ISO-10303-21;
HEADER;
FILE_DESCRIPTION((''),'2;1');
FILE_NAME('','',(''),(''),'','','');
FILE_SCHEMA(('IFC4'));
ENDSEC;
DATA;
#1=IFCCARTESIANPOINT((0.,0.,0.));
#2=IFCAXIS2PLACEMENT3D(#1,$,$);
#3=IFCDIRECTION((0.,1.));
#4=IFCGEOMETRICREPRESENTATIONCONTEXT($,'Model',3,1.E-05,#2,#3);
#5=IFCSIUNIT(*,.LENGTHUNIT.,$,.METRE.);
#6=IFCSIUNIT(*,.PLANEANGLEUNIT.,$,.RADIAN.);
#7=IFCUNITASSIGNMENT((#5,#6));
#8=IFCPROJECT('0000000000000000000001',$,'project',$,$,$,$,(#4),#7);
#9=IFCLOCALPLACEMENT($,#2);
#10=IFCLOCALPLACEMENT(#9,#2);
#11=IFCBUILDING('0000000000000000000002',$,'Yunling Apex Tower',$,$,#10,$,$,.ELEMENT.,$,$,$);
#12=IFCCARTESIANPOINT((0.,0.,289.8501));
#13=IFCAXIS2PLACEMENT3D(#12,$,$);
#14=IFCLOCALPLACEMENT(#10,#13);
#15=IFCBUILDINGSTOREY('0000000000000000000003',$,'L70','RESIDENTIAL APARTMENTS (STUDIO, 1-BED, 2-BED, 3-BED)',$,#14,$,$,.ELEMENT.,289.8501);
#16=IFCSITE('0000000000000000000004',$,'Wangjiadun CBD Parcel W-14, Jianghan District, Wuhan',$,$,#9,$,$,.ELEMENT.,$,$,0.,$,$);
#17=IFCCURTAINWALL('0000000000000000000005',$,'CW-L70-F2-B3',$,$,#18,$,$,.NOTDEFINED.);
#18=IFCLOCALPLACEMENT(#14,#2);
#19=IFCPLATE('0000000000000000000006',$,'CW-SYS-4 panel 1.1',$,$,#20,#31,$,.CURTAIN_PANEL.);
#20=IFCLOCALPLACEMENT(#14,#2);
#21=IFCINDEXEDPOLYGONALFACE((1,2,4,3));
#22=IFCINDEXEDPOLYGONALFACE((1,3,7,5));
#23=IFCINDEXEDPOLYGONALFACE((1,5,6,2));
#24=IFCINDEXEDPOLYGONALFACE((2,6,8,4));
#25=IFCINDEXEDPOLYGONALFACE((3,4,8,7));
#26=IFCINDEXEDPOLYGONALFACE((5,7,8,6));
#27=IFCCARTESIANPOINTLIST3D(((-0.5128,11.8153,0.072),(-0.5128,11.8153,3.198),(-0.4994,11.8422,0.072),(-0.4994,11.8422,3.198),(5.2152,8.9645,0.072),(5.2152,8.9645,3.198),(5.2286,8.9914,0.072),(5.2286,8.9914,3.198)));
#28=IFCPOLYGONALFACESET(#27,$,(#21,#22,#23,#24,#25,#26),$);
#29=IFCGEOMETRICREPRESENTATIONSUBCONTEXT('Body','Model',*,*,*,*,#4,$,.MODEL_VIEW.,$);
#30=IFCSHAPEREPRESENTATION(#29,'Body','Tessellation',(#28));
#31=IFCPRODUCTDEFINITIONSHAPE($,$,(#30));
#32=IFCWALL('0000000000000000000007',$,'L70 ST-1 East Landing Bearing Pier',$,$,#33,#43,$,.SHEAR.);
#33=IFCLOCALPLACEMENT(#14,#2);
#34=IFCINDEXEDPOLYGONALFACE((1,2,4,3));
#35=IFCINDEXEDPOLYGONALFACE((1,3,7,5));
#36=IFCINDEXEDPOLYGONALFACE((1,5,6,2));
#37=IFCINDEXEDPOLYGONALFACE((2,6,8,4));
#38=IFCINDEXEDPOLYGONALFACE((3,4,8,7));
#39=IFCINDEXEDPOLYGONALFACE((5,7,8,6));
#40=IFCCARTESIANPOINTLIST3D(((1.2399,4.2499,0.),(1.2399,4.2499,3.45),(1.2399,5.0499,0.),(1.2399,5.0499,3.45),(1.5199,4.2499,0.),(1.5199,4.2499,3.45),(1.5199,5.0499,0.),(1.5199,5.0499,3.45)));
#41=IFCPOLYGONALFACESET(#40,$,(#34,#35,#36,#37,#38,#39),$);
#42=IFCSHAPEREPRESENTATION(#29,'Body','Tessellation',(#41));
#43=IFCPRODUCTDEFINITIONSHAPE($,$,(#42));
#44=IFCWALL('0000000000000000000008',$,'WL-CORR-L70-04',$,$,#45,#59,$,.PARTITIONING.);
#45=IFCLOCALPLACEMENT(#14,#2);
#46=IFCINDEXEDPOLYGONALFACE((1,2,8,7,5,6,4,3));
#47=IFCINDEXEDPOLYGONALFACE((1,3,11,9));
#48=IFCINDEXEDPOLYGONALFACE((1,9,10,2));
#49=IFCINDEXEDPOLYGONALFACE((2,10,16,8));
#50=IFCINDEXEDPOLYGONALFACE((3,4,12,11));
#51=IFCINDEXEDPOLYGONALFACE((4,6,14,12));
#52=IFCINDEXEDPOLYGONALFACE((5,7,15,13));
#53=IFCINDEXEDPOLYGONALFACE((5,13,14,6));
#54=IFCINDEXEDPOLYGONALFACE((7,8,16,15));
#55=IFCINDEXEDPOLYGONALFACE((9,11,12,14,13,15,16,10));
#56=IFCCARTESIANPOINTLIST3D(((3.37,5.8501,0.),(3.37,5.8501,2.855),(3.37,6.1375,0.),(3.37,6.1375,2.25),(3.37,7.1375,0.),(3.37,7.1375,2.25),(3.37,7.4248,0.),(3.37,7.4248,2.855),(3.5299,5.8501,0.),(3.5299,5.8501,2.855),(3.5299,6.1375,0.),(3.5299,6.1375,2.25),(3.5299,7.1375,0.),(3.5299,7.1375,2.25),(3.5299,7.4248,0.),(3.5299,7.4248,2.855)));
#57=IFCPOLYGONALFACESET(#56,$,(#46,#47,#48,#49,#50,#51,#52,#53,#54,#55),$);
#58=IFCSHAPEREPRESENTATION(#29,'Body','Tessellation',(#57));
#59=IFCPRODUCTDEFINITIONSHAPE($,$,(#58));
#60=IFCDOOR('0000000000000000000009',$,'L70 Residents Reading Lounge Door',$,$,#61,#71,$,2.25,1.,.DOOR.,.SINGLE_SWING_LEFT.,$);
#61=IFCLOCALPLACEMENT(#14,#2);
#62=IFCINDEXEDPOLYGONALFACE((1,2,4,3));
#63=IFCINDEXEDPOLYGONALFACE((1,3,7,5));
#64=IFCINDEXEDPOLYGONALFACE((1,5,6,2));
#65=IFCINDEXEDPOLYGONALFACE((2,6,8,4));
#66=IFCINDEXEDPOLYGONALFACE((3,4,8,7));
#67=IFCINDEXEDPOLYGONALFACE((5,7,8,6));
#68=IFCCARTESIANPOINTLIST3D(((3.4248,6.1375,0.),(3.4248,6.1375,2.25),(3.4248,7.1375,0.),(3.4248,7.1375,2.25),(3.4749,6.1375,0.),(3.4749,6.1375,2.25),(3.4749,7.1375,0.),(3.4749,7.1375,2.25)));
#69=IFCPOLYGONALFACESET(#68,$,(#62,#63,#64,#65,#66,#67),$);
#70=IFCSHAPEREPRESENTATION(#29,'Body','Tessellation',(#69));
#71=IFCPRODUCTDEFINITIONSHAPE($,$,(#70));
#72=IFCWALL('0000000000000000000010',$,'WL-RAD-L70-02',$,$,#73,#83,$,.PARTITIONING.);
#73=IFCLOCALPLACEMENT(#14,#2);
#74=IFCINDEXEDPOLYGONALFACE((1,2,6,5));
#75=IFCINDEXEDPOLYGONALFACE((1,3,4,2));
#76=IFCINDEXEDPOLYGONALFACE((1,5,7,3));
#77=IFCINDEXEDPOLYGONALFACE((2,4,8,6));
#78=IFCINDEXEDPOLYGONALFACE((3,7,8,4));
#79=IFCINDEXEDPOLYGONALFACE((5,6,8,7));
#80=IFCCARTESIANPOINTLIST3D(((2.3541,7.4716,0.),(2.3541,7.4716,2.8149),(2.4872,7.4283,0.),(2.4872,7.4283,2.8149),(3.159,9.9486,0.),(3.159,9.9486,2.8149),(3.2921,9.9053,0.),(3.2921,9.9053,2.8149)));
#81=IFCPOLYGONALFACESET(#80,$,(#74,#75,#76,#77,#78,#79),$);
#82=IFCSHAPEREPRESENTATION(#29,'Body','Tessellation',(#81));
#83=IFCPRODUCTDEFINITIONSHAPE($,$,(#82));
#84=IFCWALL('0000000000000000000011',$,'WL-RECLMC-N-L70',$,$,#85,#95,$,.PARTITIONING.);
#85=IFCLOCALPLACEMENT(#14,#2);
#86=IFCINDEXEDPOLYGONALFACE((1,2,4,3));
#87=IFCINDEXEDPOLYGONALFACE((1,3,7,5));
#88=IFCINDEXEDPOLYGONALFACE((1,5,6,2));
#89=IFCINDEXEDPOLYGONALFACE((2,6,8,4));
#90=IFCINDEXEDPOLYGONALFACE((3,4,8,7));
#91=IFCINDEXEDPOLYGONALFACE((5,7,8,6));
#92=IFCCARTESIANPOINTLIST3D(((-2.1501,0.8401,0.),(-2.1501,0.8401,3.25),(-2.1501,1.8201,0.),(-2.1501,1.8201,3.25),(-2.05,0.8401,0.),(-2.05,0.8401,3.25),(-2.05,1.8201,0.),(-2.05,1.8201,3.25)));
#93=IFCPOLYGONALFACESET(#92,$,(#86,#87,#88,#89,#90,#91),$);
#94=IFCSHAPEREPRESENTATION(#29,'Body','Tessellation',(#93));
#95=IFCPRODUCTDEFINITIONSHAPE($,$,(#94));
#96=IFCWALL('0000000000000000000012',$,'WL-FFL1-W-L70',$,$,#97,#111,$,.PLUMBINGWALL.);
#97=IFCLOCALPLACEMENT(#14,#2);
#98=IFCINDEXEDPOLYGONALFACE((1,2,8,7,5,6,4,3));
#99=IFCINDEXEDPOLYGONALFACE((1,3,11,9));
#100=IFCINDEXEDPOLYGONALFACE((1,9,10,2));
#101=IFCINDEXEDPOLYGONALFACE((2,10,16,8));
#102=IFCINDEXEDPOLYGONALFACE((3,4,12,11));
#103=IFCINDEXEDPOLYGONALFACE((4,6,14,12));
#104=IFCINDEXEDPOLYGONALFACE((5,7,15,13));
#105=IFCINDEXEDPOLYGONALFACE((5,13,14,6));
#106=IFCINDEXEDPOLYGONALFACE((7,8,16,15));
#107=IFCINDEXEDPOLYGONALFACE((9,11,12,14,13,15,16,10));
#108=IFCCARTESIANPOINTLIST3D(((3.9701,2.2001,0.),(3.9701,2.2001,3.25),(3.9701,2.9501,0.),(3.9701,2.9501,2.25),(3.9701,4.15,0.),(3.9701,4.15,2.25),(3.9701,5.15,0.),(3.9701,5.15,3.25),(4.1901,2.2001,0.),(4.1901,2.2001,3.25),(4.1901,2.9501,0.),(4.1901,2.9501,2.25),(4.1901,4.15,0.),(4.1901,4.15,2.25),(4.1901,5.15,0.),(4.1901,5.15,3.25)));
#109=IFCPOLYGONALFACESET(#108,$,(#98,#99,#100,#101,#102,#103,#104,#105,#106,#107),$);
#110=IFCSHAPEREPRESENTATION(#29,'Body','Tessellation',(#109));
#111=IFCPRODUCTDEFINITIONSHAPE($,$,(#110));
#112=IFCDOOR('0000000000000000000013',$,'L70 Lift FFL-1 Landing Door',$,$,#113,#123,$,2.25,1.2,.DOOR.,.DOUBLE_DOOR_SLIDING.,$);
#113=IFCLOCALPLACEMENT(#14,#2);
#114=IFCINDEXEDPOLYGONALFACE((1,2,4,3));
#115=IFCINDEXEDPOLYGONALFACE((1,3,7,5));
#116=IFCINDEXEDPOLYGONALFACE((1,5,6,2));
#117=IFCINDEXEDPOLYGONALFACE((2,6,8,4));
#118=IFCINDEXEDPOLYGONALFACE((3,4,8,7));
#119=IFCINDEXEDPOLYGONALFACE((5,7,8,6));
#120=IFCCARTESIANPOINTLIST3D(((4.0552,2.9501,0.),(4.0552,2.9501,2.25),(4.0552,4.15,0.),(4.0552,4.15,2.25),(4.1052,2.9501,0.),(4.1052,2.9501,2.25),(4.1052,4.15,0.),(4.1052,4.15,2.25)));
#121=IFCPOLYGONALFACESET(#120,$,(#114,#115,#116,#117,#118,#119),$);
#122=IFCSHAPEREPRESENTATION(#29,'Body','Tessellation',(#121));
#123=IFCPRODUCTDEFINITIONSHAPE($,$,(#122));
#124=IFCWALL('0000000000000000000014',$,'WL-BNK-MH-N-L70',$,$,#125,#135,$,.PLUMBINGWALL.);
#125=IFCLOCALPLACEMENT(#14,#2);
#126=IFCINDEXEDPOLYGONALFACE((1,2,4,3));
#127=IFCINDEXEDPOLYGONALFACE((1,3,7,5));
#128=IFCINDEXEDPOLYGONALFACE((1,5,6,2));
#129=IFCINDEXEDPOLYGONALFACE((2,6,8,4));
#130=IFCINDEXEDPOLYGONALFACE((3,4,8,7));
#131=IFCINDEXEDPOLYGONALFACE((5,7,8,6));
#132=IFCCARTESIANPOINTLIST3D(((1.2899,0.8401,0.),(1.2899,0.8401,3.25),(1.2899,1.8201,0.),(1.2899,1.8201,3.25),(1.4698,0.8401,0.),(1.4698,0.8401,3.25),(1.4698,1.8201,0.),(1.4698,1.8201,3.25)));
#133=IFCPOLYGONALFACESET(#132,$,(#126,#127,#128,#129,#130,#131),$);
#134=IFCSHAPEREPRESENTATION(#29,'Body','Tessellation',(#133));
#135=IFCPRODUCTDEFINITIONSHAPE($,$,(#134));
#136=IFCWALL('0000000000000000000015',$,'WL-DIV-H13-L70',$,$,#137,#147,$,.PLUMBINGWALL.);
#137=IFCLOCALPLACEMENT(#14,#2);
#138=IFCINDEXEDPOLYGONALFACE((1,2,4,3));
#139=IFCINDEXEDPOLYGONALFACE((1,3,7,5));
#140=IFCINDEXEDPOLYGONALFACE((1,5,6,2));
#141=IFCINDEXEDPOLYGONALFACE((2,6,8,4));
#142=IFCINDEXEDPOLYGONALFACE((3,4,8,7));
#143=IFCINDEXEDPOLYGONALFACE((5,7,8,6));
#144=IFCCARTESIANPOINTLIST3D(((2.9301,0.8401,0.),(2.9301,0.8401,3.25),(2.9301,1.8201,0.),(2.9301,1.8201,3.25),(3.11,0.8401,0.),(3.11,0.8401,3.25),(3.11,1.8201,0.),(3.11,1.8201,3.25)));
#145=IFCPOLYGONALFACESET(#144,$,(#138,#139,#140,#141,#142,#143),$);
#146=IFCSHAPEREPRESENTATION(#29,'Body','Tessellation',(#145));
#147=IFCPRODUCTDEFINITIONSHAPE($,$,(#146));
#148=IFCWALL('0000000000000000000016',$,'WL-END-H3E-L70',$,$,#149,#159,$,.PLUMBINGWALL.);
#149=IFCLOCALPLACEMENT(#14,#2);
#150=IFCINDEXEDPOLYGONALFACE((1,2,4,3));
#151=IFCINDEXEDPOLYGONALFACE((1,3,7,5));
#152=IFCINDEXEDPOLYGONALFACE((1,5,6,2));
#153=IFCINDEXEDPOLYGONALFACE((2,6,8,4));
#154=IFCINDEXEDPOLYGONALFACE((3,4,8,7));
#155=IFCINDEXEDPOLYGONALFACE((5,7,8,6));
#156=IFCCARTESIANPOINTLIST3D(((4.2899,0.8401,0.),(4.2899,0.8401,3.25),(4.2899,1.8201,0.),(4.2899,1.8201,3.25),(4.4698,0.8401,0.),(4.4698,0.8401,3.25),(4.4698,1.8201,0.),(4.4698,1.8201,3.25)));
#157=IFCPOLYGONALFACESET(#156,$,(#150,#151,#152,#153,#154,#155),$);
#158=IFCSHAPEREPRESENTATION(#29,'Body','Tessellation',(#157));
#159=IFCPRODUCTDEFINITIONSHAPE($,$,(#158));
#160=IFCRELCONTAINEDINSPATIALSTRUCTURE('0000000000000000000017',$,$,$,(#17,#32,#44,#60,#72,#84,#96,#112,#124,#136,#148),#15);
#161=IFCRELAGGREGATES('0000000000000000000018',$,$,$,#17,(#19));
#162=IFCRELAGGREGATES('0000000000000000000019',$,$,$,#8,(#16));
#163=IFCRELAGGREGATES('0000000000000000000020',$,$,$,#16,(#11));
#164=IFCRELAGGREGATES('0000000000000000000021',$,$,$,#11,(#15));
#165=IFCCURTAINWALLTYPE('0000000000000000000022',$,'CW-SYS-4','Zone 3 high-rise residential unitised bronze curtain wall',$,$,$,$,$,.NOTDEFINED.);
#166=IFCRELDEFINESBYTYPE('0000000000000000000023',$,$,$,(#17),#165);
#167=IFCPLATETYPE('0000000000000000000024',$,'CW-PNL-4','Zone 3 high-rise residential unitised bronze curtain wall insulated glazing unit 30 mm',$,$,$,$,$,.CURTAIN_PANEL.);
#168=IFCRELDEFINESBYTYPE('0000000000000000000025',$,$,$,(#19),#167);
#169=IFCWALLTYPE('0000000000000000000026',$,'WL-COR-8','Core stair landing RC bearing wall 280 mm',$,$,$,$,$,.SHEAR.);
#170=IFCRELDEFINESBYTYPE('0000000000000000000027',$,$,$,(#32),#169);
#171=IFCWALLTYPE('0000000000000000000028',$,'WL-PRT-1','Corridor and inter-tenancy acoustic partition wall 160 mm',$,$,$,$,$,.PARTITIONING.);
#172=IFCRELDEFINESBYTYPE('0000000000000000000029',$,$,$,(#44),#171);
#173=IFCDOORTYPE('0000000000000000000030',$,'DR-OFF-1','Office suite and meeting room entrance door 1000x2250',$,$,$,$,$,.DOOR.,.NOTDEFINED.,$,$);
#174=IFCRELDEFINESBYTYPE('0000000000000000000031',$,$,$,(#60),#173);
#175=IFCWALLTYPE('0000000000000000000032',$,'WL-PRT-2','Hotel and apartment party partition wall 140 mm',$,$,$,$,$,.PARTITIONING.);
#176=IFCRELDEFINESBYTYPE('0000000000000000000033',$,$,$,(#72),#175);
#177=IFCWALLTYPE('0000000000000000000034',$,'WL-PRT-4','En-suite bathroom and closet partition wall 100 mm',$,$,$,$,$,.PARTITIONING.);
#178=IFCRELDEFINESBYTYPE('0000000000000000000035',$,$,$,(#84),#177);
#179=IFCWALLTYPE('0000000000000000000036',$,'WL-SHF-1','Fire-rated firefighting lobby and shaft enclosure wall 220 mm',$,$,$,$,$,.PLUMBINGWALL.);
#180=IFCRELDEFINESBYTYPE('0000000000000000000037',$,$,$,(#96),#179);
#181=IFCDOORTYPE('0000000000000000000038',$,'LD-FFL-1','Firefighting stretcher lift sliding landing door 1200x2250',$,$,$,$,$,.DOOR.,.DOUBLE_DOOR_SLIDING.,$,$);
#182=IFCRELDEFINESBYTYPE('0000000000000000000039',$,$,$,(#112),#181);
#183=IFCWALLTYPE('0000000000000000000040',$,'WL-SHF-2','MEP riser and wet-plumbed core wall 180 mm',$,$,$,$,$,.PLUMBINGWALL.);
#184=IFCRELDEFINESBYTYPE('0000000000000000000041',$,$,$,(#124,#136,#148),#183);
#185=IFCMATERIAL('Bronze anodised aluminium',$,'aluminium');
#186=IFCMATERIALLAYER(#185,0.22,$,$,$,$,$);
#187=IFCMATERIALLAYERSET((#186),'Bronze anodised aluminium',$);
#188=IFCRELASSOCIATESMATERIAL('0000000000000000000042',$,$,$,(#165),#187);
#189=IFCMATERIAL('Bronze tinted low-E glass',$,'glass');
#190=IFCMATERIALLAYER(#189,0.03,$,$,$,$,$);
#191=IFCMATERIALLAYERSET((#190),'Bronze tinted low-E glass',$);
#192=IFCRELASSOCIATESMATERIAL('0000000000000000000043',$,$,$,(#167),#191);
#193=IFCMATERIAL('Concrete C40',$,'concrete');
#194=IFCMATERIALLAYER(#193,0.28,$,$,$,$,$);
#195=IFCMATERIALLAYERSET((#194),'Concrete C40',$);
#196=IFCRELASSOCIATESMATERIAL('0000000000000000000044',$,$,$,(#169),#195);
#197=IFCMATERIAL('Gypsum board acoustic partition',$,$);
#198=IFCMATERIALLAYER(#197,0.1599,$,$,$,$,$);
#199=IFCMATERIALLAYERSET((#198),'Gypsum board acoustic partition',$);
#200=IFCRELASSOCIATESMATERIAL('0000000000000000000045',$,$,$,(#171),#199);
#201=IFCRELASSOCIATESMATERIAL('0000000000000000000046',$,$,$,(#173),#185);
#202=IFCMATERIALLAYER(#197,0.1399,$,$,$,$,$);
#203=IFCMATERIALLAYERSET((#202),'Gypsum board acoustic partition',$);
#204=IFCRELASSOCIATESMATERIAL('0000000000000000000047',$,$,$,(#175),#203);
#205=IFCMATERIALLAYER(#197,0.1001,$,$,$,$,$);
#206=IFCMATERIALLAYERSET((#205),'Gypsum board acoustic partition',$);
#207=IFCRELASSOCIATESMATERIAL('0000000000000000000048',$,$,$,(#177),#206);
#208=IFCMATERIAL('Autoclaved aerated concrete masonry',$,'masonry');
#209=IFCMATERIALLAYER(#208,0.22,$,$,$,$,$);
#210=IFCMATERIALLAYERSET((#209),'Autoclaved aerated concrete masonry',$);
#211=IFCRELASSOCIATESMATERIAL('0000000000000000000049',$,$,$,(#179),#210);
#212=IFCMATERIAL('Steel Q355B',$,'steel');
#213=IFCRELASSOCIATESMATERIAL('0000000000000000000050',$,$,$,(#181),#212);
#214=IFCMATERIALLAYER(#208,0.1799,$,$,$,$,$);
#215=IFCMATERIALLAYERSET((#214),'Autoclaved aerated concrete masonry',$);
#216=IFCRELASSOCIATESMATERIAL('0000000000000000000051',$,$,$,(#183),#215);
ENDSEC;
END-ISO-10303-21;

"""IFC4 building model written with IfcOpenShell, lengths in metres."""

from ifc_helpers import new_model, si_unit, direction, frame, frame_2d, origin, origin_2d, place, context, subcontext, project, spatial, rectangle, extrude, source, transform, mapped, material, layer, layer_set, type_object, element, fill, aggregate, save


model = new_model("IFC4")

# Units and contexts
model_context = context("Model", 3, precision=1e-05, world=origin(), true_north=direction((0.0, 1.0)))
body_context = subcontext(model_context, "Body", "Model", "MODEL_VIEW")
ifc_project = project(units=[si_unit("LENGTHUNIT", "METRE"), si_unit("PLANEANGLEUNIT", "RADIAN")], contexts=[model_context])

# Site, building, storey
site_placement = place(None, origin())
site = spatial("IfcSite", under=ifc_project, at=site_placement, Name="Wangjiadun CBD Parcel W-14, Jianghan District, Wuhan", CompositionType="ELEMENT", RefElevation=0.0)
building_placement = place(site_placement, origin())
building = spatial("IfcBuilding", under=site, at=building_placement, Name="Yunling Apex Tower", CompositionType="ELEMENT")
storey_placement = place(building_placement, frame((0.0, 0.0, 289.8501)))
storey = spatial("IfcBuildingStorey", under=building, at=storey_placement, Name="L70", Description="RESIDENTIAL APARTMENTS (STUDIO, 1-BED, 2-BED, 3-BED)", CompositionType="ELEMENT", Elevation=289.8501)

# Shared definitions
ifc_material_1 = material(Name="Steel Q355B", Category="steel")

# Curtain wall
ifc_material_2 = material(Name="Bronze anodised aluminium", Category="aluminium")
ifc_layer_1 = layer(ifc_material_2, 0.22)
ifc_layer_set_1 = layer_set([ifc_layer_1], Name="Bronze anodised aluminium")
curtain_wall_type = type_object("IfcCurtainWallType", Name="CW-SYS-4", Description="Zone 3 high-rise residential unitised bronze curtain wall", PredefinedType="NOTDEFINED", material=ifc_layer_set_1)
curtain_wall_1_placement = place(storey_placement, origin())
curtain_wall_1 = element("IfcCurtainWall", 1, at=curtain_wall_1_placement, inside=storey, type_object=curtain_wall_type, Name="CW-L70-F2-B3", PredefinedType="NOTDEFINED")

# Shared definitions
ifc_material_3 = material(Name="Concrete C40", Category="concrete")

# Plate
ifc_material_4 = material(Name="Bronze tinted low-E glass", Category="glass")
ifc_layer_2 = layer(ifc_material_4, 0.03)
ifc_layer_set_2 = layer_set([ifc_layer_2], Name="Bronze tinted low-E glass")
plate_type = type_object("IfcPlateType", Name="CW-PNL-4", Description="Zone 3 high-rise residential unitised bronze curtain wall insulated glazing unit 30 mm", PredefinedType="CURTAIN_PANEL", material=ifc_layer_set_2)
shared_shape_1 = source(origin(), body_context, "Body", "SweptSolid", [
    extrude(rectangle(XDim=6.3982, YDim=0.03, at=origin_2d()), origin(), (0.0, 0.0, 1.0), 3.126),
])
plate_placement = place(storey_placement, frame((2.3579, 10.4033, 0.072), z_axis=(0.0, 0.0, 1.0), x_axis=(-0.895251, 0.445562, 0.0)))
plate = element("IfcPlate", 2, at=plate_placement, type_object=plate_type, Name="CW-SYS-4 panel 1.1", PredefinedType="CURTAIN_PANEL", context=body_context, shape_type="MappedRepresentation", body=[
    mapped(shared_shape_1, transform((0.0, 0.0, 0.0), scale=1.0)),
])
aggregate(curtain_wall_1, [plate])

# Wall
ifc_layer_3 = layer(ifc_material_3, 0.28)
ifc_layer_set_3 = layer_set([ifc_layer_3], Name="Concrete C40")
wall_type_1 = type_object("IfcWallType", Name="WL-COR-8", Description="Core stair landing RC bearing wall 280 mm", PredefinedType="SHEAR", material=ifc_layer_set_3)
wall_1_placement = place(storey_placement, frame((1.3799, 4.25, 0.0), z_axis=(0.0, 0.0, 1.0), x_axis=(0.0, 1.0, 0.0)))
element("IfcWall", 3, at=wall_1_placement, inside=storey, type_object=wall_type_1, Name="L70 ST-1 East Landing Bearing Pier", PredefinedType="SHEAR", context=body_context, shape_type="SweptSolid", body=[
    extrude(rectangle(XDim=0.8, YDim=0.28, at=frame_2d((0.3999, 0.0))), origin(), (0.0, 0.0, 1.0), 3.45),
])

# Wall, opening, door
ifc_material_5 = material(Name="Gypsum board acoustic partition")
ifc_layer_4 = layer(ifc_material_5, 0.1599)
ifc_layer_set_4 = layer_set([ifc_layer_4], Name="Gypsum board acoustic partition")
wall_type_2 = type_object("IfcWallType", Name="WL-PRT-1", Description="Corridor and inter-tenancy acoustic partition wall 160 mm", PredefinedType="PARTITIONING", material=ifc_layer_set_4)
wall_2_placement = place(storey_placement, frame((3.45, 7.4248, 0.0), z_axis=(0.0, 0.0, 1.0), x_axis=(0.0, -1.0, 0.0)))
wall_2 = element("IfcWall", 4, at=wall_2_placement, inside=storey, type_object=wall_type_2, Name="WL-CORR-L70-04", PredefinedType="PARTITIONING", context=body_context, shape_type="SweptSolid", body=[
    extrude(rectangle(XDim=1.5747, YDim=0.1599, at=frame_2d((0.7874, 0.0))), origin(), (0.0, 0.0, 1.0), 2.855),
])
opening_1_placement = place(wall_2_placement, frame((0.2874, 0.0, 0.0)))
opening_1 = element("IfcOpeningElement", 5, at=opening_1_placement, cuts=wall_2, PredefinedType="OPENING", context=body_context, shape_type="SweptSolid", body=[
    extrude(rectangle(XDim=1.0, YDim=2.25, at=frame_2d((0.5, 1.125))), frame((0.0, 0.0898, 0.0), z_axis=(0.0, -1.0, 0.0), x_axis=(1.0, 0.0, 0.0)), (0.0, 0.0, 1.0), 0.1799),
])
door_type_1 = type_object("IfcDoorType", Name="DR-OFF-1", Description="Office suite and meeting room entrance door 1000x2250", OperationType="NOTDEFINED", PredefinedType="DOOR", material=ifc_material_2)
door_1_placement = place(opening_1_placement, origin())
door_1 = element("IfcDoor", 6, at=door_1_placement, inside=storey, type_object=door_type_1, Name="L70 Residents Reading Lounge Door", OperationType="SINGLE_SWING_LEFT", OverallHeight=2.25, OverallWidth=1.0, PredefinedType="DOOR", context=body_context, shape_type="SweptSolid", body=[
    extrude(rectangle(XDim=1.0, YDim=2.25, at=frame_2d((0.5, 1.125))), frame((0.0, 0.0249, 0.0), z_axis=(0.0, -1.0, 0.0), x_axis=(1.0, 0.0, 0.0)), (0.0, 0.0, 1.0), 0.05),
])
fill(opening_1, door_1)

# Walls
ifc_layer_5 = layer(ifc_material_5, 0.1399)
ifc_layer_set_5 = layer_set([ifc_layer_5], Name="Gypsum board acoustic partition")
wall_type_3 = type_object("IfcWallType", Name="WL-PRT-2", Description="Hotel and apartment party partition wall 140 mm", PredefinedType="PARTITIONING", material=ifc_layer_set_5)
wall_3_placement = place(storey_placement, frame((2.4207, 7.45, 0.0), z_axis=(0.0, 0.0, 1.0), x_axis=(0.309048, 0.951046, 0.0)))
element("IfcWall", 7, at=wall_3_placement, inside=storey, type_object=wall_type_3, Name="WL-RAD-L70-02", PredefinedType="PARTITIONING", context=body_context, shape_type="SweptSolid", body=[
    extrude(rectangle(XDim=2.6045, YDim=0.1399, at=frame_2d((1.3022, 0.0))), origin(), (0.0, 0.0, 1.0), 2.8149),
])
ifc_layer_6 = layer(ifc_material_5, 0.1001)
ifc_layer_set_6 = layer_set([ifc_layer_6], Name="Gypsum board acoustic partition")
wall_type_4 = type_object("IfcWallType", Name="WL-PRT-4", Description="En-suite bathroom and closet partition wall 100 mm", PredefinedType="PARTITIONING", material=ifc_layer_set_6)
wall_4_placement = place(storey_placement, frame((-2.1001, 0.8401, 0.0), z_axis=(0.0, 0.0, 1.0), x_axis=(0.0, 1.0, 0.0)))
element("IfcWall", 8, at=wall_4_placement, inside=storey, type_object=wall_type_4, Name="WL-RECLMC-N-L70", PredefinedType="PARTITIONING", context=body_context, shape_type="SweptSolid", body=[
    extrude(rectangle(XDim=0.98, YDim=0.1001, at=frame_2d((0.49, 0.0))), origin(), (0.0, 0.0, 1.0), 3.25),
])

# Wall, opening, door
ifc_material_6 = material(Name="Autoclaved aerated concrete masonry", Category="masonry")
ifc_layer_7 = layer(ifc_material_6, 0.22)
ifc_layer_set_7 = layer_set([ifc_layer_7], Name="Autoclaved aerated concrete masonry")
wall_type_5 = type_object("IfcWallType", Name="WL-SHF-1", Description="Fire-rated firefighting lobby and shaft enclosure wall 220 mm", PredefinedType="PLUMBINGWALL", material=ifc_layer_set_7)
wall_5_placement = place(storey_placement, frame((4.0801, 2.2, 0.0), z_axis=(0.0, 0.0, 1.0), x_axis=(0.0, 1.0, 0.0)))
wall_5 = element("IfcWall", 9, at=wall_5_placement, inside=storey, type_object=wall_type_5, Name="WL-FFL1-W-L70", PredefinedType="PLUMBINGWALL", context=body_context, shape_type="SweptSolid", body=[
    extrude(rectangle(XDim=2.95, YDim=0.22, at=frame_2d((1.4751, 0.0))), origin(), (0.0, 0.0, 1.0), 3.25),
])
opening_2_placement = place(wall_5_placement, frame((0.75, 0.0, 0.0)))
opening_2 = element("IfcOpeningElement", 10, at=opening_2_placement, cuts=wall_5, PredefinedType="OPENING", context=body_context, shape_type="SweptSolid", body=[
    extrude(rectangle(XDim=1.2, YDim=2.25, at=frame_2d((0.6001, 1.125))), frame((0.0, 0.1201, 0.0), z_axis=(0.0, -1.0, 0.0), x_axis=(1.0, 0.0, 0.0)), (0.0, 0.0, 1.0), 0.24),
])
door_type_2 = type_object("IfcDoorType", Name="LD-FFL-1", Description="Firefighting stretcher lift sliding landing door 1200x2250", OperationType="DOUBLE_DOOR_SLIDING", PredefinedType="DOOR", material=ifc_material_1)
door_2_placement = place(opening_2_placement, origin())
door_2 = element("IfcDoor", 11, at=door_2_placement, inside=storey, type_object=door_type_2, Name="L70 Lift FFL-1 Landing Door", OperationType="DOUBLE_DOOR_SLIDING", OverallHeight=2.25, OverallWidth=1.2, PredefinedType="DOOR", context=body_context, shape_type="SweptSolid", body=[
    extrude(rectangle(XDim=1.2, YDim=2.25, at=frame_2d((0.6001, 1.125))), frame((0.0, 0.0249, 0.0), z_axis=(0.0, -1.0, 0.0), x_axis=(1.0, 0.0, 0.0)), (0.0, 0.0, 1.0), 0.05),
])
fill(opening_2, door_2)

# Walls
ifc_layer_8 = layer(ifc_material_6, 0.1799)
ifc_layer_set_8 = layer_set([ifc_layer_8], Name="Autoclaved aerated concrete masonry")
wall_type_6 = type_object("IfcWallType", Name="WL-SHF-2", Description="MEP riser and wet-plumbed core wall 180 mm", PredefinedType="PLUMBINGWALL", material=ifc_layer_set_8)
for number, where, z_axis, x_axis, name in (
    (12, (1.3799, 0.8401, 0.0), (0.0, 0.0, 1.0), (0.0, 1.0, 0.0), "WL-BNK-MH-N-L70"),
    (13, (3.02, 0.8401, 0.0), (0.0, 0.0, 1.0), (0.0, 1.0, 0.0), "WL-DIV-H13-L70"),
    (14, (4.3799, 0.8401, 0.0), (0.0, 0.0, 1.0), (0.0, 1.0, 0.0), "WL-END-H3E-L70"),
):
    element("IfcWall", number, at=place(storey_placement, frame(where, z_axis=z_axis, x_axis=x_axis)), inside=storey, type_object=wall_type_6, Name=name, PredefinedType="PLUMBINGWALL", context=body_context, shape_type="SweptSolid", body=[
        extrude(rectangle(XDim=0.98, YDim=0.1799, at=frame_2d((0.49, 0.0))), origin(), (0.0, 0.0, 1.0), 3.25),
    ])

save(model, "model.ifc")
